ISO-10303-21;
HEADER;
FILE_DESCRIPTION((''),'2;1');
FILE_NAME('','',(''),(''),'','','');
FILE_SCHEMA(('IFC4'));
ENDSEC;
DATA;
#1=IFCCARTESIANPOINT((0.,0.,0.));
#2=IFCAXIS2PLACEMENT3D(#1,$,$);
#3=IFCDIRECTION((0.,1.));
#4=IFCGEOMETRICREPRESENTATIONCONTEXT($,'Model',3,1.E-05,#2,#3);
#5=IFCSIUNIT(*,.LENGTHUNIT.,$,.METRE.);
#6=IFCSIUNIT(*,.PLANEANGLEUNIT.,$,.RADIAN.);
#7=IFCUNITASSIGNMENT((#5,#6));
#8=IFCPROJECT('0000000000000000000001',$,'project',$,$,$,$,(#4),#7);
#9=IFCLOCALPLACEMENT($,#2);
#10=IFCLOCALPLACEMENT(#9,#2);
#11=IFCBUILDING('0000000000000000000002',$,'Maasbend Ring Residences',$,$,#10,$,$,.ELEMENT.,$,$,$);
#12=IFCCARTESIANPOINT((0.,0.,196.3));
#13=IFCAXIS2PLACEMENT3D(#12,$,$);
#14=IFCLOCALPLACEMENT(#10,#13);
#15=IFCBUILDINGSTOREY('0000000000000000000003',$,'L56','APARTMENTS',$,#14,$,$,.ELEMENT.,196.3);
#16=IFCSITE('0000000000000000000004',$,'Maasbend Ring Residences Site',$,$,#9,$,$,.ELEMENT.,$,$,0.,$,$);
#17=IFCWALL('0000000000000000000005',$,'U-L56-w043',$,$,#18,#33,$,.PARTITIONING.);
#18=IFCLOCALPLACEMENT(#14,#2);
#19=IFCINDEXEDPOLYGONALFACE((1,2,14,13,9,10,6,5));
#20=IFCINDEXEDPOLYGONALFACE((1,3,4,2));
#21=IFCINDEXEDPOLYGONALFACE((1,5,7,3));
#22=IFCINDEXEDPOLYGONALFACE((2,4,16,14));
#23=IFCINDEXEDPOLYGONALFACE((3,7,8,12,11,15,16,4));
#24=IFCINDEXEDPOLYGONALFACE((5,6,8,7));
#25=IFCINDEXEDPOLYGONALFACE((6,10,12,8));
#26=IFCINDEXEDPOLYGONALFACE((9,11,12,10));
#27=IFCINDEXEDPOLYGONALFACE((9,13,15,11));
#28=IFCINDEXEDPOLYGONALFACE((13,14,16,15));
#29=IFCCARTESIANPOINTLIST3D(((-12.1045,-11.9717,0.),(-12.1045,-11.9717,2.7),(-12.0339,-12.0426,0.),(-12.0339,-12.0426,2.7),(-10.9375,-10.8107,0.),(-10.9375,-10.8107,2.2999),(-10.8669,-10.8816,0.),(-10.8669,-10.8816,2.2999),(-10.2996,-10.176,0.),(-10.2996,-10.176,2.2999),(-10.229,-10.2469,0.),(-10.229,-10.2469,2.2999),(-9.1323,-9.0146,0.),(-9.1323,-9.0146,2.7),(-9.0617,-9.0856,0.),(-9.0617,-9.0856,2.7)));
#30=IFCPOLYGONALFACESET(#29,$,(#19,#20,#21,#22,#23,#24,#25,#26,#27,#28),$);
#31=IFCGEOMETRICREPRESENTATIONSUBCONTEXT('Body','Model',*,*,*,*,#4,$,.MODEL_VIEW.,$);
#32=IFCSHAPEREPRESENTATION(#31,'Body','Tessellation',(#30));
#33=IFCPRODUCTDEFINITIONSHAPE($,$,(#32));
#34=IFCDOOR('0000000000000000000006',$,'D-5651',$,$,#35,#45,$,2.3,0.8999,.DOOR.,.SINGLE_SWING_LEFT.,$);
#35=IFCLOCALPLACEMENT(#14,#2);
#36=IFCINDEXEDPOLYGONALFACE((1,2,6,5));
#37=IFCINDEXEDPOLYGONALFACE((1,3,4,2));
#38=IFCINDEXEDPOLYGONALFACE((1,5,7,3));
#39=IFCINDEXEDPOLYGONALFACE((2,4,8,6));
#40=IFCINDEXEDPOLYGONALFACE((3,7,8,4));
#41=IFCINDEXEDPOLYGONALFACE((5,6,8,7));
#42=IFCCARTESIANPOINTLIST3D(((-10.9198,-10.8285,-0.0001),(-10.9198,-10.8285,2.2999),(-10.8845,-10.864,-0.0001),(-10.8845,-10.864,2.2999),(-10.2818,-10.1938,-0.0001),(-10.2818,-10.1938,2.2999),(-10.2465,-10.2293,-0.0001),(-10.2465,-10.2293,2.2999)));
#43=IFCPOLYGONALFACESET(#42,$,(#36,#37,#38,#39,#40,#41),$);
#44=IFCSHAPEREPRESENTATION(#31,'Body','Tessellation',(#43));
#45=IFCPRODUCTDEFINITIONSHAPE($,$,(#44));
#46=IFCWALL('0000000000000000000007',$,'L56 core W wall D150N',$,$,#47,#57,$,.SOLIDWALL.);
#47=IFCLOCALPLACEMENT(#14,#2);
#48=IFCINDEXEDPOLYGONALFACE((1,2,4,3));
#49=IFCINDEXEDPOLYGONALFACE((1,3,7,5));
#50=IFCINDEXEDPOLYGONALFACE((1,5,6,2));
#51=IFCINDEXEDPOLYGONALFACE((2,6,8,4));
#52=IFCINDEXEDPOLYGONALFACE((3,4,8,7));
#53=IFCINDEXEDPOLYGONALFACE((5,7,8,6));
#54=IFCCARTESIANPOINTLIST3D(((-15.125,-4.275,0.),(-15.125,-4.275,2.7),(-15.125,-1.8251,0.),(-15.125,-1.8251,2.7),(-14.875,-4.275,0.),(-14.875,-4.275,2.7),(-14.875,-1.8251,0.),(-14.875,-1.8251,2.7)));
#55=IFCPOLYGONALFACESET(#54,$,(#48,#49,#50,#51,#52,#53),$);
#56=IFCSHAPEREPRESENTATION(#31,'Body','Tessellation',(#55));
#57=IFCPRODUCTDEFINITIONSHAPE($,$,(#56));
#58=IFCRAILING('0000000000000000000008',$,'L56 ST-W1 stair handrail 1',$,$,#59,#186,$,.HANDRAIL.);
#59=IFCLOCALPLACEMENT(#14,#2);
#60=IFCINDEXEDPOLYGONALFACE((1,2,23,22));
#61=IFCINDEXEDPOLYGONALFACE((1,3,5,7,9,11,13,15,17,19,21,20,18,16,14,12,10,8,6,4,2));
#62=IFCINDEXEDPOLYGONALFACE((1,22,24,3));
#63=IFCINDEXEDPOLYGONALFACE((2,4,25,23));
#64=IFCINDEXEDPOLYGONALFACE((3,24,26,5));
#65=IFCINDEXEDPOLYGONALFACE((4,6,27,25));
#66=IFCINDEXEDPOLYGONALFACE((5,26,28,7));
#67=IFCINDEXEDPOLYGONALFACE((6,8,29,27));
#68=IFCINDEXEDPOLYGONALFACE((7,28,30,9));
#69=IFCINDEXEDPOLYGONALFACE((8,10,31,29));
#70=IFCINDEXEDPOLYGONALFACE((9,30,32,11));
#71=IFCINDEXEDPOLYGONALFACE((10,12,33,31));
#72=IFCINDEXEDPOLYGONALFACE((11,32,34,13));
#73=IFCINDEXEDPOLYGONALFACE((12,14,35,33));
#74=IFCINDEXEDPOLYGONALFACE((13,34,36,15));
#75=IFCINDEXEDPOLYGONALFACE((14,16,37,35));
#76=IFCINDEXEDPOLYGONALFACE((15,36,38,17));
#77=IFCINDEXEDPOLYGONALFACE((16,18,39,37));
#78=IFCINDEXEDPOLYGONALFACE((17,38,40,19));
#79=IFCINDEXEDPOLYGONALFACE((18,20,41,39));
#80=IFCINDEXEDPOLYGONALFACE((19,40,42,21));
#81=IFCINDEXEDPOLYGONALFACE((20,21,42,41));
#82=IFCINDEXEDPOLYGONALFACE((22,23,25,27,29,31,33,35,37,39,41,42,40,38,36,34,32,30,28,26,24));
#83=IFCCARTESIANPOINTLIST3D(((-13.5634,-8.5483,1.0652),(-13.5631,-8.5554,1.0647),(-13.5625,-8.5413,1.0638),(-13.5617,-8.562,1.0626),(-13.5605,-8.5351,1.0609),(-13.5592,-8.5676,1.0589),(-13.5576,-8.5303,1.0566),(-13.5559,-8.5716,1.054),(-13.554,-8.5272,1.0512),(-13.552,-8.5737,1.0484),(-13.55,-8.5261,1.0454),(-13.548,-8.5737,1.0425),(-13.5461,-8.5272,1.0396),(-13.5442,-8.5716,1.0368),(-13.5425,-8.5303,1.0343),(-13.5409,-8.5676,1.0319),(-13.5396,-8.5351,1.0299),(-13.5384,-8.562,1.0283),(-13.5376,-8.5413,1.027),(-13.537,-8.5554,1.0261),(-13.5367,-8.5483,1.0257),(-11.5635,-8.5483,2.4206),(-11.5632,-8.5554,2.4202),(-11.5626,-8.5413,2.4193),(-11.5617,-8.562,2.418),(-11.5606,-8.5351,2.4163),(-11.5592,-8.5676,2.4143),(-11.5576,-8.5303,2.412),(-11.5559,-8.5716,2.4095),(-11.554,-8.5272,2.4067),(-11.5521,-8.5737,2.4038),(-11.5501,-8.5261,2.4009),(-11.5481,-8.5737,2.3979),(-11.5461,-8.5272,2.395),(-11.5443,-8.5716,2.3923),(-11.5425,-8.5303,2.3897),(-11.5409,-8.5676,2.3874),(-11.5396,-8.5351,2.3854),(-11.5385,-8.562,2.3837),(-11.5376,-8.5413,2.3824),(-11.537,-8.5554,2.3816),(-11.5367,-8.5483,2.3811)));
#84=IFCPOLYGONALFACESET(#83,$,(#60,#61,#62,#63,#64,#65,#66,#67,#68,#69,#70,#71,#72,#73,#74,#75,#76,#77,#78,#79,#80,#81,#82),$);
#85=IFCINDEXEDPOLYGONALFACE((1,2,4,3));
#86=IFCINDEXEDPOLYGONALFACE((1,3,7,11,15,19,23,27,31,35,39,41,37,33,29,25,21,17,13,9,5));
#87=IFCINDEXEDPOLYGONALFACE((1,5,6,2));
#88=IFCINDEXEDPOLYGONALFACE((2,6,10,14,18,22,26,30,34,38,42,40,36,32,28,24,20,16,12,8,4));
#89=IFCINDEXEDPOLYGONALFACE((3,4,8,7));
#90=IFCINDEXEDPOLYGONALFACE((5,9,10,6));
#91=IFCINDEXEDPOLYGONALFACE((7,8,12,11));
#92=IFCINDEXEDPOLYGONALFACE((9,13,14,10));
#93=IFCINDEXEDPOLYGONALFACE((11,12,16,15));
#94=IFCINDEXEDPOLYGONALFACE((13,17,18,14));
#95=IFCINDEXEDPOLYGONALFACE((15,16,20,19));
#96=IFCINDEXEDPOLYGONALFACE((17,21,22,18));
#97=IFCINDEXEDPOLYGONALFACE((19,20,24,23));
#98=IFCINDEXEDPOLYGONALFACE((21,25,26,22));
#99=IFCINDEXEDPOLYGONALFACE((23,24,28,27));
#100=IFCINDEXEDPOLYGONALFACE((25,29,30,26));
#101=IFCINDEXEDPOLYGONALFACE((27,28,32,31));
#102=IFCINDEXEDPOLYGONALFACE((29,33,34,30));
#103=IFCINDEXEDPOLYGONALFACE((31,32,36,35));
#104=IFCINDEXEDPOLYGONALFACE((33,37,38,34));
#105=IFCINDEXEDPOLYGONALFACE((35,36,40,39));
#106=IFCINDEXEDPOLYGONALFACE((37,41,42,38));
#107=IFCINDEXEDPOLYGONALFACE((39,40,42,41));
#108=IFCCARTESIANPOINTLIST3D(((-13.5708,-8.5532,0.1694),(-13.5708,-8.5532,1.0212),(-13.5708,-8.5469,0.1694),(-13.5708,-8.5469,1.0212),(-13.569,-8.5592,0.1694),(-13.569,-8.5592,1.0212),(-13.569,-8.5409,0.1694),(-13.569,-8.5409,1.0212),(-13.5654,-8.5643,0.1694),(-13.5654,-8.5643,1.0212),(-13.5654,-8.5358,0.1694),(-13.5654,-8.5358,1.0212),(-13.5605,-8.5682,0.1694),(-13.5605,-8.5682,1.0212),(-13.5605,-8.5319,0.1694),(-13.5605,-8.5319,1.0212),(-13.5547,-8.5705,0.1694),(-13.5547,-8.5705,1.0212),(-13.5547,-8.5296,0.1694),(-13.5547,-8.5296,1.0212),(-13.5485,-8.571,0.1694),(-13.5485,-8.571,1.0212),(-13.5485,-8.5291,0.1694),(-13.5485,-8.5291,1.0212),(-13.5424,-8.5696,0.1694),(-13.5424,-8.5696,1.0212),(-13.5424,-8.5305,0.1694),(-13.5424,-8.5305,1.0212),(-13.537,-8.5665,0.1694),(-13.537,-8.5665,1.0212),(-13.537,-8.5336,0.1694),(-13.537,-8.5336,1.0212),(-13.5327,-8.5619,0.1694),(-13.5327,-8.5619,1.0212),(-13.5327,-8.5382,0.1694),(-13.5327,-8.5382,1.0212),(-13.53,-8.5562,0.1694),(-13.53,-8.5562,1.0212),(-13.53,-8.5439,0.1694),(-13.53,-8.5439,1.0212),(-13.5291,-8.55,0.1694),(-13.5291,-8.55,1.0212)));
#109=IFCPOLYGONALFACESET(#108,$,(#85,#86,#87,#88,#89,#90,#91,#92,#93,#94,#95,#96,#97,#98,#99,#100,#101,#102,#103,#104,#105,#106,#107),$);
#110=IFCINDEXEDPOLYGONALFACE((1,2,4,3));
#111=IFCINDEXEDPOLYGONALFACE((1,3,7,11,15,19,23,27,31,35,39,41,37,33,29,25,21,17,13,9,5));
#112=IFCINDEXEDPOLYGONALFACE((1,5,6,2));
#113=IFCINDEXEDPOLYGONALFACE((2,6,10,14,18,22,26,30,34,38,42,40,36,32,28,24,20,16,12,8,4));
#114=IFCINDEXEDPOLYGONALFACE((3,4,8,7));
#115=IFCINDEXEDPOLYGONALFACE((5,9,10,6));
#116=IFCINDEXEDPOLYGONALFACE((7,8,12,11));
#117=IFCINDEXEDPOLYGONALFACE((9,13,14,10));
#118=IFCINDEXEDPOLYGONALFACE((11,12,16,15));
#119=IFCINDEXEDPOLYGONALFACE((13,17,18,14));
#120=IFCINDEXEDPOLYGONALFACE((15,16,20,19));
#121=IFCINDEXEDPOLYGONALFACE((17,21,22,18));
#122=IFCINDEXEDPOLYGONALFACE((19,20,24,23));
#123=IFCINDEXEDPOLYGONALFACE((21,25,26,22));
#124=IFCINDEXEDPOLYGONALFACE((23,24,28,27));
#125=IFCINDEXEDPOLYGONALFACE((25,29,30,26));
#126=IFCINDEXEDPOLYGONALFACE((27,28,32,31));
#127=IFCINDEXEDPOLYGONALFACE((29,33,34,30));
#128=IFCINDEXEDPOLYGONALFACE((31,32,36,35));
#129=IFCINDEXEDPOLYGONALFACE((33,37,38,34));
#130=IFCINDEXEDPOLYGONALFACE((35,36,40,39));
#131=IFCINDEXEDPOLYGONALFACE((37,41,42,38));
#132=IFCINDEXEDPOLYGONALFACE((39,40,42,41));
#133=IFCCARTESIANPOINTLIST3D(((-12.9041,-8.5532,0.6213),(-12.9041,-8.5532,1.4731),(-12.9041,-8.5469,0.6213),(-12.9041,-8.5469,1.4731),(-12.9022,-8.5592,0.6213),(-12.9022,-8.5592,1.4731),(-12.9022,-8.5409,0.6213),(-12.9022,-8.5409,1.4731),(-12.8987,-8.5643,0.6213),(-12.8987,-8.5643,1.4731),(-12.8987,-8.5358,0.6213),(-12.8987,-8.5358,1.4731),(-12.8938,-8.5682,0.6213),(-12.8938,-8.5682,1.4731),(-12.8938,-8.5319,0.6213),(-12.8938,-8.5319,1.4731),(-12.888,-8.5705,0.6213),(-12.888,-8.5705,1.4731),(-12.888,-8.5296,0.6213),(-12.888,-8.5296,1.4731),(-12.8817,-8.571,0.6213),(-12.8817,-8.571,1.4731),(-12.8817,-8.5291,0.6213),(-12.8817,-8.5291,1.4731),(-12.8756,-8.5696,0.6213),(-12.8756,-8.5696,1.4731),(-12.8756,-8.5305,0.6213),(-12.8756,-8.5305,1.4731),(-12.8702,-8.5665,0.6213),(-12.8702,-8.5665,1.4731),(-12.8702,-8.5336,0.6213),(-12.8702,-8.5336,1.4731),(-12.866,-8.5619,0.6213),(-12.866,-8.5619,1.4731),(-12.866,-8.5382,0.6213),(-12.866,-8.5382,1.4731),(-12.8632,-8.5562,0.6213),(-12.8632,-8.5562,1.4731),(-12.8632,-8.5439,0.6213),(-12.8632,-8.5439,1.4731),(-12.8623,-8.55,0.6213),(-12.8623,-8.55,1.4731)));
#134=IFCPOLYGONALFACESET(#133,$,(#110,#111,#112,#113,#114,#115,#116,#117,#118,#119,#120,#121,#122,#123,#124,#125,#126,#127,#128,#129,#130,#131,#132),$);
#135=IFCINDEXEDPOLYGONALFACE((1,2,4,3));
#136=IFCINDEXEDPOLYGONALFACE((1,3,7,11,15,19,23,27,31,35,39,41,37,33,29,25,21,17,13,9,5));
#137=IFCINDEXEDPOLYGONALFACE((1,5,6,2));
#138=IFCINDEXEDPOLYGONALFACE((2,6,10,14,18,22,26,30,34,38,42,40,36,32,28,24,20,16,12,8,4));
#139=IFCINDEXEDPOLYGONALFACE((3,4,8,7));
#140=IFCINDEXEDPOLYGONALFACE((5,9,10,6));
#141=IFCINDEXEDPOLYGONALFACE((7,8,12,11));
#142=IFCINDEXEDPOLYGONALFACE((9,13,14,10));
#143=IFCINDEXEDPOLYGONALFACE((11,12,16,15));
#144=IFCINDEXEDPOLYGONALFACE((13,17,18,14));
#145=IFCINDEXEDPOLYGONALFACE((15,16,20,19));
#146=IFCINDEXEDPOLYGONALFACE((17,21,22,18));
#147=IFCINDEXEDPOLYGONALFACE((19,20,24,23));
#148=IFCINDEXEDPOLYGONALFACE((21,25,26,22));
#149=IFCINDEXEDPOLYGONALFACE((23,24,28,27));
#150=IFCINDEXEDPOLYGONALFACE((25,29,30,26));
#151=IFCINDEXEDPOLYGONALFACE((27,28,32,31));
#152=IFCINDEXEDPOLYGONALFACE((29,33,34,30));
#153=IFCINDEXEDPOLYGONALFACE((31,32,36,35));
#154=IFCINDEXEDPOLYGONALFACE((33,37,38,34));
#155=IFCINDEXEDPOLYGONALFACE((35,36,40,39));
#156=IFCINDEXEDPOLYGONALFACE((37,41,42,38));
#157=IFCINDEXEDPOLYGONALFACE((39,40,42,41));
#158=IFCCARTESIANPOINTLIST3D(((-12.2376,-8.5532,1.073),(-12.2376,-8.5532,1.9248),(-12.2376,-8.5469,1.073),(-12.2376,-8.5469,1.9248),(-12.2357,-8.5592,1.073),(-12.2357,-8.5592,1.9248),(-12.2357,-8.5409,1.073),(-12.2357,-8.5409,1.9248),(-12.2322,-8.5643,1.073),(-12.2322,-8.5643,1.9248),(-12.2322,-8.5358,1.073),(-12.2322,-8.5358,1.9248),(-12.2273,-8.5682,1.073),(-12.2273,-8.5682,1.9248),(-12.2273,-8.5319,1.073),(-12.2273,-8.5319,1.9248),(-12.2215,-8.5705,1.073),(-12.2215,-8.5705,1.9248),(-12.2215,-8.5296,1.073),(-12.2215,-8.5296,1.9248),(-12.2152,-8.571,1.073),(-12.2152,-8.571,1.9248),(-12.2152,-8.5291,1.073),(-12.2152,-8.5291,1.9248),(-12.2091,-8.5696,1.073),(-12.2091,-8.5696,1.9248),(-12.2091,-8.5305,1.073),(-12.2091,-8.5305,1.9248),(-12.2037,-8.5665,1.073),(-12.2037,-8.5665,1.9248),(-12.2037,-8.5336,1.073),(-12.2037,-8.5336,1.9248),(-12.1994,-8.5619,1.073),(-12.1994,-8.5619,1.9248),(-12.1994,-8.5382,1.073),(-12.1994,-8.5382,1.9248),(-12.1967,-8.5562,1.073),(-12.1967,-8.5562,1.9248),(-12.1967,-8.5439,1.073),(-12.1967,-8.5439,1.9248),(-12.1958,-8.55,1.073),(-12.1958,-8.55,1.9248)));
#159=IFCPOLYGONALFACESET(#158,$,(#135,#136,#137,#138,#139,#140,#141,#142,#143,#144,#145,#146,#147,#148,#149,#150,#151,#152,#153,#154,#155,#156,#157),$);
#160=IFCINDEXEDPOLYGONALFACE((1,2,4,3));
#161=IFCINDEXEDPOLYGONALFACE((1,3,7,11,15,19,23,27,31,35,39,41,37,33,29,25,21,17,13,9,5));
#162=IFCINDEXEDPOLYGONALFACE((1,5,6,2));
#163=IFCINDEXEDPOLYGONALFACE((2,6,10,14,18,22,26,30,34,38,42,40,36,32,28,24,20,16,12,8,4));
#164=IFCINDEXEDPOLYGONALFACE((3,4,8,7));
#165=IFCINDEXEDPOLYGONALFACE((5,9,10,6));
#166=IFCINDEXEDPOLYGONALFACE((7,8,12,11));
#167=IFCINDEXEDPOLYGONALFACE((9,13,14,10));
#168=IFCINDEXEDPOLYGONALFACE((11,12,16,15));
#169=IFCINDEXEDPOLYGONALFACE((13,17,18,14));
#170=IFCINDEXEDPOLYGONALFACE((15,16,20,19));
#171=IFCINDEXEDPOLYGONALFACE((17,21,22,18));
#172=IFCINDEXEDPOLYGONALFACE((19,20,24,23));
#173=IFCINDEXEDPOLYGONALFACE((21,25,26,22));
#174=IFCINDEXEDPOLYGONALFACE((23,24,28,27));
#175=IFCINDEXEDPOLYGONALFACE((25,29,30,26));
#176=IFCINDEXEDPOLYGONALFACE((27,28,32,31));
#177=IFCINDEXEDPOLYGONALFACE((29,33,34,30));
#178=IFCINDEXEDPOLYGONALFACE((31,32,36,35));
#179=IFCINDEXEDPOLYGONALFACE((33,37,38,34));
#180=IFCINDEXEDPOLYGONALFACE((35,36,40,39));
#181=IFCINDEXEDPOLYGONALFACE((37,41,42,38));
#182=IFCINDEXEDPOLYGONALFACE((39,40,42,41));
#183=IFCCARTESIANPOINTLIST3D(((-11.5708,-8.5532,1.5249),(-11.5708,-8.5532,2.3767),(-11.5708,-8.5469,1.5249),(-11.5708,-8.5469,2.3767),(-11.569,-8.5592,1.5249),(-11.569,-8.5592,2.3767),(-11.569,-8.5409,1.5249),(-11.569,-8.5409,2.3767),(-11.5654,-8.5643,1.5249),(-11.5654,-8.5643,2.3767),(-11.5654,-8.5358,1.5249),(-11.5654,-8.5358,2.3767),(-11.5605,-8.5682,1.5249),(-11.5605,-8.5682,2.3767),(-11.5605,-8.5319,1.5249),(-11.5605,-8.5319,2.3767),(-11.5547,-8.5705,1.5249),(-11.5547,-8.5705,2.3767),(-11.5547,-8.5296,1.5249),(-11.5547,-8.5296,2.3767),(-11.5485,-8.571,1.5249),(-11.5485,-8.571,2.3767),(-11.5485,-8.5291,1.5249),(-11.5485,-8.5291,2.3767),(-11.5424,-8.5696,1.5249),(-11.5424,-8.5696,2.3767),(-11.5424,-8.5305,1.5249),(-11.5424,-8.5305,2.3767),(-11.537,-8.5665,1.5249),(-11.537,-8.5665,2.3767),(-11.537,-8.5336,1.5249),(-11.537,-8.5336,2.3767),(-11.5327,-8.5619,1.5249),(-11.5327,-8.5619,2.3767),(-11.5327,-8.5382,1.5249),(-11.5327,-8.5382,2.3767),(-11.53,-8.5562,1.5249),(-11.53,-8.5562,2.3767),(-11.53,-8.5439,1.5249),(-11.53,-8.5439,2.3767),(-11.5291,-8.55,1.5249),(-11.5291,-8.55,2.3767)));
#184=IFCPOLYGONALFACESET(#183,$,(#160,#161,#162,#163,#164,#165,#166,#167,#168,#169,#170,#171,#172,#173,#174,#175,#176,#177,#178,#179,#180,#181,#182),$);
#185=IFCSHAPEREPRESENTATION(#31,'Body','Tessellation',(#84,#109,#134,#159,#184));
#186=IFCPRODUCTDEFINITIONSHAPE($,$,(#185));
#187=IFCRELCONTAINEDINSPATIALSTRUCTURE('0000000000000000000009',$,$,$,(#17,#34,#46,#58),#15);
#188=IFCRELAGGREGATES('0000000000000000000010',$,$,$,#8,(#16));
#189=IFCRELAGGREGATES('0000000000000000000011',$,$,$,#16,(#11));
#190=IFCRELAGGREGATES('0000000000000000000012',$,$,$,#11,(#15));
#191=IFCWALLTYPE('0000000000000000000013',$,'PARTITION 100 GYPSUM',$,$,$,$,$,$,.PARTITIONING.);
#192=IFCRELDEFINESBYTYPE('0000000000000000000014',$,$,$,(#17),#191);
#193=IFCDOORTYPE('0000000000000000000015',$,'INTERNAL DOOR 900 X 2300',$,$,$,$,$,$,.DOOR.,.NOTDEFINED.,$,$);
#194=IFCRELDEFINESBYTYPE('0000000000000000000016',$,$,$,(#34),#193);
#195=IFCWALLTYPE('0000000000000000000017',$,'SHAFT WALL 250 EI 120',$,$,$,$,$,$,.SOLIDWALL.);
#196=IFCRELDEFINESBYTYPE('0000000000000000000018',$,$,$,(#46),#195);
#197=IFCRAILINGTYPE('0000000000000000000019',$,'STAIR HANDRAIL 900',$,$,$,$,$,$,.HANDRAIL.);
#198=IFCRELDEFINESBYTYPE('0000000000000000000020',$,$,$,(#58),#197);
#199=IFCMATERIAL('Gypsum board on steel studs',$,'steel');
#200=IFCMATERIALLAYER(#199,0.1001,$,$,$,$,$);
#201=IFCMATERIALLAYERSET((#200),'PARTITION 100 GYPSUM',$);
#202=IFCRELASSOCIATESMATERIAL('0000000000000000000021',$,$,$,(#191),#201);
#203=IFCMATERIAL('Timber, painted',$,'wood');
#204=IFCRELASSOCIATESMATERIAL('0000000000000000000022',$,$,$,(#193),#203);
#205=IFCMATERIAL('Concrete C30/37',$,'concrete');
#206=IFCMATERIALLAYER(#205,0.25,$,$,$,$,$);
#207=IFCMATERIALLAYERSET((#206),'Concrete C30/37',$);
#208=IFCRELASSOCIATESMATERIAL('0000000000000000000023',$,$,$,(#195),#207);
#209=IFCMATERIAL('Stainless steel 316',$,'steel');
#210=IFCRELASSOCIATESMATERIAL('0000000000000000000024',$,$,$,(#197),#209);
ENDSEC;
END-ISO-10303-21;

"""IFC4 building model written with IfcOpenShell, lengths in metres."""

from ifc_helpers import new_model, si_unit, direction, frame, frame_2d, origin, origin_2d, place, context, subcontext, project, spatial, rectangle, circle, extrude, material, layer, layer_set, type_object, element, fill, save


model = new_model("IFC4")

# Units and contexts
model_context = context("Model", 3, precision=1e-05, world=origin(), true_north=direction((0.0, 1.0)))
body_context = subcontext(model_context, "Body", "Model", "MODEL_VIEW")
ifc_project = project(units=[si_unit("LENGTHUNIT", "METRE"), si_unit("PLANEANGLEUNIT", "RADIAN")], contexts=[model_context])

# Site, building, storey
site_placement = place(None, origin())
site = spatial("IfcSite", under=ifc_project, at=site_placement, Name="Maasbend Ring Residences Site", CompositionType="ELEMENT", RefElevation=0.0)
building_placement = place(site_placement, origin())
building = spatial("IfcBuilding", under=site, at=building_placement, Name="Maasbend Ring Residences", CompositionType="ELEMENT")
storey_placement = place(building_placement, frame((0.0, 0.0, 196.3)))
storey = spatial("IfcBuildingStorey", under=building, at=storey_placement, Name="L56", Description="APARTMENTS", CompositionType="ELEMENT", Elevation=196.3)

# Shared definitions
ifc_material_1 = material(Name="Gypsum board on steel studs", Category="steel")
ifc_layer_1 = layer(ifc_material_1, 0.1001)
ifc_layer_set_1 = layer_set([ifc_layer_1], Name="PARTITION 100 GYPSUM")
wall_type_1 = type_object("IfcWallType", Name="PARTITION 100 GYPSUM", PredefinedType="PARTITIONING", material=ifc_layer_set_1)

# Wall, opening, door
wall_1_placement = place(storey_placement, frame((-12.0691, -12.0071, 0.0), z_axis=(0.0, 0.0, 1.0), x_axis=(0.70891, 0.705299, 0.0)))
wall_1 = element("IfcWall", 1, at=wall_1_placement, inside=storey, type_object=wall_type_1, Name="U-L56-w043", PredefinedType="PARTITIONING", context=body_context, shape_type="SweptSolid", body=[
    extrude(rectangle(XDim=4.1926, YDim=0.1001, at=frame_2d((2.0962, 0.0))), origin(), (0.0, 0.0, 1.0), 2.7),
])
opening_1_placement = place(wall_1_placement, frame((1.646, 0.0, 0.0)))
opening_1 = element("IfcOpeningElement", 2, at=opening_1_placement, cuts=wall_1, PredefinedType="OPENING", context=body_context, shape_type="SweptSolid", body=[
    extrude(rectangle(XDim=0.8999, YDim=2.3, at=frame_2d((0.45, 1.1499))), frame((0.0, 0.0601, 0.0), z_axis=(0.0, -1.0, 0.0), x_axis=(1.0, 0.0, 0.0)), (0.0, 0.0, 1.0), 0.1201),
])
ifc_material_2 = material(Name="Timber, painted", Category="wood")
door_type_1 = type_object("IfcDoorType", Name="INTERNAL DOOR 900 X 2300", OperationType="NOTDEFINED", PredefinedType="DOOR", material=ifc_material_2)
door_1_placement = place(opening_1_placement, origin())
door_1 = element("IfcDoor", 3, at=door_1_placement, inside=storey, type_object=door_type_1, Name="D-5651", OperationType="SINGLE_SWING_LEFT", OverallHeight=2.3, OverallWidth=0.8999, PredefinedType="DOOR", context=body_context, shape_type="SweptSolid", body=[
    extrude(rectangle(XDim=0.8999, YDim=2.3, at=frame_2d((0.45, 1.1499))), frame((0.0, 0.0249, 0.0), z_axis=(0.0, -1.0, 0.0), x_axis=(1.0, 0.0, 0.0)), (0.0, 0.0, 1.0), 0.05),
])
fill(opening_1, door_1)

# Wall
ifc_material_3 = material(Name="Concrete C30/37", Category="concrete")
ifc_layer_2 = layer(ifc_material_3, 0.25)
ifc_layer_set_2 = layer_set([ifc_layer_2], Name="Concrete C30/37")
wall_type_2 = type_object("IfcWallType", Name="SHAFT WALL 250 EI 120", PredefinedType="SOLIDWALL", material=ifc_layer_set_2)
wall_2_placement = place(storey_placement, frame((-15.0, -1.825, 0.0), z_axis=(0.0, 0.0, 1.0), x_axis=(0.0, -1.0, 0.0)))
element("IfcWall", 4, at=wall_2_placement, inside=storey, type_object=wall_type_2, Name="L56 core W wall D150N", PredefinedType="SOLIDWALL", context=body_context, shape_type="SweptSolid", body=[
    extrude(rectangle(XDim=2.45, YDim=0.25, at=frame_2d((1.2251, 0.0))), origin(), (0.0, 0.0, 1.0), 2.7),
])

# Railing
ifc_material_4 = material(Name="Stainless steel 316", Category="steel")
railing_type_1 = type_object("IfcRailingType", Name="STAIR HANDRAIL 900", PredefinedType="HANDRAIL", material=ifc_material_4)
railing_1_placement = place(storey_placement, frame((-13.55, -8.55, 0.1694)))
element("IfcRailing", 5, at=railing_1_placement, inside=storey, type_object=railing_type_1, Name="L56 ST-W1 stair handrail 1", PredefinedType="HANDRAIL", context=body_context, shape_type="SweptSolid", body=[
    extrude(circle(Radius=0.0239, at=origin_2d()), frame((0.0, 0.0, 0.876), z_axis=(0.827798, 0.0, 0.561027), x_axis=(0.0, 1.0, 0.0)), (0.0, 0.0, 1.0), 2.416),
    extrude(circle(Radius=0.021, at=origin_2d()), origin(), (0.0, 0.0, 1.0), 0.8518),
    extrude(circle(Radius=0.021, at=origin_2d()), frame((0.6667, 0.0, 0.4519)), (0.0, 0.0, 1.0), 0.8518),
    extrude(circle(Radius=0.021, at=origin_2d()), frame((1.3333, 0.0, 0.9036)), (0.0, 0.0, 1.0), 0.8518),
    extrude(circle(Radius=0.021, at=origin_2d()), frame((2.0, 0.0, 1.3555)), (0.0, 0.0, 1.0), 0.8518),
])

save(model, "model.ifc")
